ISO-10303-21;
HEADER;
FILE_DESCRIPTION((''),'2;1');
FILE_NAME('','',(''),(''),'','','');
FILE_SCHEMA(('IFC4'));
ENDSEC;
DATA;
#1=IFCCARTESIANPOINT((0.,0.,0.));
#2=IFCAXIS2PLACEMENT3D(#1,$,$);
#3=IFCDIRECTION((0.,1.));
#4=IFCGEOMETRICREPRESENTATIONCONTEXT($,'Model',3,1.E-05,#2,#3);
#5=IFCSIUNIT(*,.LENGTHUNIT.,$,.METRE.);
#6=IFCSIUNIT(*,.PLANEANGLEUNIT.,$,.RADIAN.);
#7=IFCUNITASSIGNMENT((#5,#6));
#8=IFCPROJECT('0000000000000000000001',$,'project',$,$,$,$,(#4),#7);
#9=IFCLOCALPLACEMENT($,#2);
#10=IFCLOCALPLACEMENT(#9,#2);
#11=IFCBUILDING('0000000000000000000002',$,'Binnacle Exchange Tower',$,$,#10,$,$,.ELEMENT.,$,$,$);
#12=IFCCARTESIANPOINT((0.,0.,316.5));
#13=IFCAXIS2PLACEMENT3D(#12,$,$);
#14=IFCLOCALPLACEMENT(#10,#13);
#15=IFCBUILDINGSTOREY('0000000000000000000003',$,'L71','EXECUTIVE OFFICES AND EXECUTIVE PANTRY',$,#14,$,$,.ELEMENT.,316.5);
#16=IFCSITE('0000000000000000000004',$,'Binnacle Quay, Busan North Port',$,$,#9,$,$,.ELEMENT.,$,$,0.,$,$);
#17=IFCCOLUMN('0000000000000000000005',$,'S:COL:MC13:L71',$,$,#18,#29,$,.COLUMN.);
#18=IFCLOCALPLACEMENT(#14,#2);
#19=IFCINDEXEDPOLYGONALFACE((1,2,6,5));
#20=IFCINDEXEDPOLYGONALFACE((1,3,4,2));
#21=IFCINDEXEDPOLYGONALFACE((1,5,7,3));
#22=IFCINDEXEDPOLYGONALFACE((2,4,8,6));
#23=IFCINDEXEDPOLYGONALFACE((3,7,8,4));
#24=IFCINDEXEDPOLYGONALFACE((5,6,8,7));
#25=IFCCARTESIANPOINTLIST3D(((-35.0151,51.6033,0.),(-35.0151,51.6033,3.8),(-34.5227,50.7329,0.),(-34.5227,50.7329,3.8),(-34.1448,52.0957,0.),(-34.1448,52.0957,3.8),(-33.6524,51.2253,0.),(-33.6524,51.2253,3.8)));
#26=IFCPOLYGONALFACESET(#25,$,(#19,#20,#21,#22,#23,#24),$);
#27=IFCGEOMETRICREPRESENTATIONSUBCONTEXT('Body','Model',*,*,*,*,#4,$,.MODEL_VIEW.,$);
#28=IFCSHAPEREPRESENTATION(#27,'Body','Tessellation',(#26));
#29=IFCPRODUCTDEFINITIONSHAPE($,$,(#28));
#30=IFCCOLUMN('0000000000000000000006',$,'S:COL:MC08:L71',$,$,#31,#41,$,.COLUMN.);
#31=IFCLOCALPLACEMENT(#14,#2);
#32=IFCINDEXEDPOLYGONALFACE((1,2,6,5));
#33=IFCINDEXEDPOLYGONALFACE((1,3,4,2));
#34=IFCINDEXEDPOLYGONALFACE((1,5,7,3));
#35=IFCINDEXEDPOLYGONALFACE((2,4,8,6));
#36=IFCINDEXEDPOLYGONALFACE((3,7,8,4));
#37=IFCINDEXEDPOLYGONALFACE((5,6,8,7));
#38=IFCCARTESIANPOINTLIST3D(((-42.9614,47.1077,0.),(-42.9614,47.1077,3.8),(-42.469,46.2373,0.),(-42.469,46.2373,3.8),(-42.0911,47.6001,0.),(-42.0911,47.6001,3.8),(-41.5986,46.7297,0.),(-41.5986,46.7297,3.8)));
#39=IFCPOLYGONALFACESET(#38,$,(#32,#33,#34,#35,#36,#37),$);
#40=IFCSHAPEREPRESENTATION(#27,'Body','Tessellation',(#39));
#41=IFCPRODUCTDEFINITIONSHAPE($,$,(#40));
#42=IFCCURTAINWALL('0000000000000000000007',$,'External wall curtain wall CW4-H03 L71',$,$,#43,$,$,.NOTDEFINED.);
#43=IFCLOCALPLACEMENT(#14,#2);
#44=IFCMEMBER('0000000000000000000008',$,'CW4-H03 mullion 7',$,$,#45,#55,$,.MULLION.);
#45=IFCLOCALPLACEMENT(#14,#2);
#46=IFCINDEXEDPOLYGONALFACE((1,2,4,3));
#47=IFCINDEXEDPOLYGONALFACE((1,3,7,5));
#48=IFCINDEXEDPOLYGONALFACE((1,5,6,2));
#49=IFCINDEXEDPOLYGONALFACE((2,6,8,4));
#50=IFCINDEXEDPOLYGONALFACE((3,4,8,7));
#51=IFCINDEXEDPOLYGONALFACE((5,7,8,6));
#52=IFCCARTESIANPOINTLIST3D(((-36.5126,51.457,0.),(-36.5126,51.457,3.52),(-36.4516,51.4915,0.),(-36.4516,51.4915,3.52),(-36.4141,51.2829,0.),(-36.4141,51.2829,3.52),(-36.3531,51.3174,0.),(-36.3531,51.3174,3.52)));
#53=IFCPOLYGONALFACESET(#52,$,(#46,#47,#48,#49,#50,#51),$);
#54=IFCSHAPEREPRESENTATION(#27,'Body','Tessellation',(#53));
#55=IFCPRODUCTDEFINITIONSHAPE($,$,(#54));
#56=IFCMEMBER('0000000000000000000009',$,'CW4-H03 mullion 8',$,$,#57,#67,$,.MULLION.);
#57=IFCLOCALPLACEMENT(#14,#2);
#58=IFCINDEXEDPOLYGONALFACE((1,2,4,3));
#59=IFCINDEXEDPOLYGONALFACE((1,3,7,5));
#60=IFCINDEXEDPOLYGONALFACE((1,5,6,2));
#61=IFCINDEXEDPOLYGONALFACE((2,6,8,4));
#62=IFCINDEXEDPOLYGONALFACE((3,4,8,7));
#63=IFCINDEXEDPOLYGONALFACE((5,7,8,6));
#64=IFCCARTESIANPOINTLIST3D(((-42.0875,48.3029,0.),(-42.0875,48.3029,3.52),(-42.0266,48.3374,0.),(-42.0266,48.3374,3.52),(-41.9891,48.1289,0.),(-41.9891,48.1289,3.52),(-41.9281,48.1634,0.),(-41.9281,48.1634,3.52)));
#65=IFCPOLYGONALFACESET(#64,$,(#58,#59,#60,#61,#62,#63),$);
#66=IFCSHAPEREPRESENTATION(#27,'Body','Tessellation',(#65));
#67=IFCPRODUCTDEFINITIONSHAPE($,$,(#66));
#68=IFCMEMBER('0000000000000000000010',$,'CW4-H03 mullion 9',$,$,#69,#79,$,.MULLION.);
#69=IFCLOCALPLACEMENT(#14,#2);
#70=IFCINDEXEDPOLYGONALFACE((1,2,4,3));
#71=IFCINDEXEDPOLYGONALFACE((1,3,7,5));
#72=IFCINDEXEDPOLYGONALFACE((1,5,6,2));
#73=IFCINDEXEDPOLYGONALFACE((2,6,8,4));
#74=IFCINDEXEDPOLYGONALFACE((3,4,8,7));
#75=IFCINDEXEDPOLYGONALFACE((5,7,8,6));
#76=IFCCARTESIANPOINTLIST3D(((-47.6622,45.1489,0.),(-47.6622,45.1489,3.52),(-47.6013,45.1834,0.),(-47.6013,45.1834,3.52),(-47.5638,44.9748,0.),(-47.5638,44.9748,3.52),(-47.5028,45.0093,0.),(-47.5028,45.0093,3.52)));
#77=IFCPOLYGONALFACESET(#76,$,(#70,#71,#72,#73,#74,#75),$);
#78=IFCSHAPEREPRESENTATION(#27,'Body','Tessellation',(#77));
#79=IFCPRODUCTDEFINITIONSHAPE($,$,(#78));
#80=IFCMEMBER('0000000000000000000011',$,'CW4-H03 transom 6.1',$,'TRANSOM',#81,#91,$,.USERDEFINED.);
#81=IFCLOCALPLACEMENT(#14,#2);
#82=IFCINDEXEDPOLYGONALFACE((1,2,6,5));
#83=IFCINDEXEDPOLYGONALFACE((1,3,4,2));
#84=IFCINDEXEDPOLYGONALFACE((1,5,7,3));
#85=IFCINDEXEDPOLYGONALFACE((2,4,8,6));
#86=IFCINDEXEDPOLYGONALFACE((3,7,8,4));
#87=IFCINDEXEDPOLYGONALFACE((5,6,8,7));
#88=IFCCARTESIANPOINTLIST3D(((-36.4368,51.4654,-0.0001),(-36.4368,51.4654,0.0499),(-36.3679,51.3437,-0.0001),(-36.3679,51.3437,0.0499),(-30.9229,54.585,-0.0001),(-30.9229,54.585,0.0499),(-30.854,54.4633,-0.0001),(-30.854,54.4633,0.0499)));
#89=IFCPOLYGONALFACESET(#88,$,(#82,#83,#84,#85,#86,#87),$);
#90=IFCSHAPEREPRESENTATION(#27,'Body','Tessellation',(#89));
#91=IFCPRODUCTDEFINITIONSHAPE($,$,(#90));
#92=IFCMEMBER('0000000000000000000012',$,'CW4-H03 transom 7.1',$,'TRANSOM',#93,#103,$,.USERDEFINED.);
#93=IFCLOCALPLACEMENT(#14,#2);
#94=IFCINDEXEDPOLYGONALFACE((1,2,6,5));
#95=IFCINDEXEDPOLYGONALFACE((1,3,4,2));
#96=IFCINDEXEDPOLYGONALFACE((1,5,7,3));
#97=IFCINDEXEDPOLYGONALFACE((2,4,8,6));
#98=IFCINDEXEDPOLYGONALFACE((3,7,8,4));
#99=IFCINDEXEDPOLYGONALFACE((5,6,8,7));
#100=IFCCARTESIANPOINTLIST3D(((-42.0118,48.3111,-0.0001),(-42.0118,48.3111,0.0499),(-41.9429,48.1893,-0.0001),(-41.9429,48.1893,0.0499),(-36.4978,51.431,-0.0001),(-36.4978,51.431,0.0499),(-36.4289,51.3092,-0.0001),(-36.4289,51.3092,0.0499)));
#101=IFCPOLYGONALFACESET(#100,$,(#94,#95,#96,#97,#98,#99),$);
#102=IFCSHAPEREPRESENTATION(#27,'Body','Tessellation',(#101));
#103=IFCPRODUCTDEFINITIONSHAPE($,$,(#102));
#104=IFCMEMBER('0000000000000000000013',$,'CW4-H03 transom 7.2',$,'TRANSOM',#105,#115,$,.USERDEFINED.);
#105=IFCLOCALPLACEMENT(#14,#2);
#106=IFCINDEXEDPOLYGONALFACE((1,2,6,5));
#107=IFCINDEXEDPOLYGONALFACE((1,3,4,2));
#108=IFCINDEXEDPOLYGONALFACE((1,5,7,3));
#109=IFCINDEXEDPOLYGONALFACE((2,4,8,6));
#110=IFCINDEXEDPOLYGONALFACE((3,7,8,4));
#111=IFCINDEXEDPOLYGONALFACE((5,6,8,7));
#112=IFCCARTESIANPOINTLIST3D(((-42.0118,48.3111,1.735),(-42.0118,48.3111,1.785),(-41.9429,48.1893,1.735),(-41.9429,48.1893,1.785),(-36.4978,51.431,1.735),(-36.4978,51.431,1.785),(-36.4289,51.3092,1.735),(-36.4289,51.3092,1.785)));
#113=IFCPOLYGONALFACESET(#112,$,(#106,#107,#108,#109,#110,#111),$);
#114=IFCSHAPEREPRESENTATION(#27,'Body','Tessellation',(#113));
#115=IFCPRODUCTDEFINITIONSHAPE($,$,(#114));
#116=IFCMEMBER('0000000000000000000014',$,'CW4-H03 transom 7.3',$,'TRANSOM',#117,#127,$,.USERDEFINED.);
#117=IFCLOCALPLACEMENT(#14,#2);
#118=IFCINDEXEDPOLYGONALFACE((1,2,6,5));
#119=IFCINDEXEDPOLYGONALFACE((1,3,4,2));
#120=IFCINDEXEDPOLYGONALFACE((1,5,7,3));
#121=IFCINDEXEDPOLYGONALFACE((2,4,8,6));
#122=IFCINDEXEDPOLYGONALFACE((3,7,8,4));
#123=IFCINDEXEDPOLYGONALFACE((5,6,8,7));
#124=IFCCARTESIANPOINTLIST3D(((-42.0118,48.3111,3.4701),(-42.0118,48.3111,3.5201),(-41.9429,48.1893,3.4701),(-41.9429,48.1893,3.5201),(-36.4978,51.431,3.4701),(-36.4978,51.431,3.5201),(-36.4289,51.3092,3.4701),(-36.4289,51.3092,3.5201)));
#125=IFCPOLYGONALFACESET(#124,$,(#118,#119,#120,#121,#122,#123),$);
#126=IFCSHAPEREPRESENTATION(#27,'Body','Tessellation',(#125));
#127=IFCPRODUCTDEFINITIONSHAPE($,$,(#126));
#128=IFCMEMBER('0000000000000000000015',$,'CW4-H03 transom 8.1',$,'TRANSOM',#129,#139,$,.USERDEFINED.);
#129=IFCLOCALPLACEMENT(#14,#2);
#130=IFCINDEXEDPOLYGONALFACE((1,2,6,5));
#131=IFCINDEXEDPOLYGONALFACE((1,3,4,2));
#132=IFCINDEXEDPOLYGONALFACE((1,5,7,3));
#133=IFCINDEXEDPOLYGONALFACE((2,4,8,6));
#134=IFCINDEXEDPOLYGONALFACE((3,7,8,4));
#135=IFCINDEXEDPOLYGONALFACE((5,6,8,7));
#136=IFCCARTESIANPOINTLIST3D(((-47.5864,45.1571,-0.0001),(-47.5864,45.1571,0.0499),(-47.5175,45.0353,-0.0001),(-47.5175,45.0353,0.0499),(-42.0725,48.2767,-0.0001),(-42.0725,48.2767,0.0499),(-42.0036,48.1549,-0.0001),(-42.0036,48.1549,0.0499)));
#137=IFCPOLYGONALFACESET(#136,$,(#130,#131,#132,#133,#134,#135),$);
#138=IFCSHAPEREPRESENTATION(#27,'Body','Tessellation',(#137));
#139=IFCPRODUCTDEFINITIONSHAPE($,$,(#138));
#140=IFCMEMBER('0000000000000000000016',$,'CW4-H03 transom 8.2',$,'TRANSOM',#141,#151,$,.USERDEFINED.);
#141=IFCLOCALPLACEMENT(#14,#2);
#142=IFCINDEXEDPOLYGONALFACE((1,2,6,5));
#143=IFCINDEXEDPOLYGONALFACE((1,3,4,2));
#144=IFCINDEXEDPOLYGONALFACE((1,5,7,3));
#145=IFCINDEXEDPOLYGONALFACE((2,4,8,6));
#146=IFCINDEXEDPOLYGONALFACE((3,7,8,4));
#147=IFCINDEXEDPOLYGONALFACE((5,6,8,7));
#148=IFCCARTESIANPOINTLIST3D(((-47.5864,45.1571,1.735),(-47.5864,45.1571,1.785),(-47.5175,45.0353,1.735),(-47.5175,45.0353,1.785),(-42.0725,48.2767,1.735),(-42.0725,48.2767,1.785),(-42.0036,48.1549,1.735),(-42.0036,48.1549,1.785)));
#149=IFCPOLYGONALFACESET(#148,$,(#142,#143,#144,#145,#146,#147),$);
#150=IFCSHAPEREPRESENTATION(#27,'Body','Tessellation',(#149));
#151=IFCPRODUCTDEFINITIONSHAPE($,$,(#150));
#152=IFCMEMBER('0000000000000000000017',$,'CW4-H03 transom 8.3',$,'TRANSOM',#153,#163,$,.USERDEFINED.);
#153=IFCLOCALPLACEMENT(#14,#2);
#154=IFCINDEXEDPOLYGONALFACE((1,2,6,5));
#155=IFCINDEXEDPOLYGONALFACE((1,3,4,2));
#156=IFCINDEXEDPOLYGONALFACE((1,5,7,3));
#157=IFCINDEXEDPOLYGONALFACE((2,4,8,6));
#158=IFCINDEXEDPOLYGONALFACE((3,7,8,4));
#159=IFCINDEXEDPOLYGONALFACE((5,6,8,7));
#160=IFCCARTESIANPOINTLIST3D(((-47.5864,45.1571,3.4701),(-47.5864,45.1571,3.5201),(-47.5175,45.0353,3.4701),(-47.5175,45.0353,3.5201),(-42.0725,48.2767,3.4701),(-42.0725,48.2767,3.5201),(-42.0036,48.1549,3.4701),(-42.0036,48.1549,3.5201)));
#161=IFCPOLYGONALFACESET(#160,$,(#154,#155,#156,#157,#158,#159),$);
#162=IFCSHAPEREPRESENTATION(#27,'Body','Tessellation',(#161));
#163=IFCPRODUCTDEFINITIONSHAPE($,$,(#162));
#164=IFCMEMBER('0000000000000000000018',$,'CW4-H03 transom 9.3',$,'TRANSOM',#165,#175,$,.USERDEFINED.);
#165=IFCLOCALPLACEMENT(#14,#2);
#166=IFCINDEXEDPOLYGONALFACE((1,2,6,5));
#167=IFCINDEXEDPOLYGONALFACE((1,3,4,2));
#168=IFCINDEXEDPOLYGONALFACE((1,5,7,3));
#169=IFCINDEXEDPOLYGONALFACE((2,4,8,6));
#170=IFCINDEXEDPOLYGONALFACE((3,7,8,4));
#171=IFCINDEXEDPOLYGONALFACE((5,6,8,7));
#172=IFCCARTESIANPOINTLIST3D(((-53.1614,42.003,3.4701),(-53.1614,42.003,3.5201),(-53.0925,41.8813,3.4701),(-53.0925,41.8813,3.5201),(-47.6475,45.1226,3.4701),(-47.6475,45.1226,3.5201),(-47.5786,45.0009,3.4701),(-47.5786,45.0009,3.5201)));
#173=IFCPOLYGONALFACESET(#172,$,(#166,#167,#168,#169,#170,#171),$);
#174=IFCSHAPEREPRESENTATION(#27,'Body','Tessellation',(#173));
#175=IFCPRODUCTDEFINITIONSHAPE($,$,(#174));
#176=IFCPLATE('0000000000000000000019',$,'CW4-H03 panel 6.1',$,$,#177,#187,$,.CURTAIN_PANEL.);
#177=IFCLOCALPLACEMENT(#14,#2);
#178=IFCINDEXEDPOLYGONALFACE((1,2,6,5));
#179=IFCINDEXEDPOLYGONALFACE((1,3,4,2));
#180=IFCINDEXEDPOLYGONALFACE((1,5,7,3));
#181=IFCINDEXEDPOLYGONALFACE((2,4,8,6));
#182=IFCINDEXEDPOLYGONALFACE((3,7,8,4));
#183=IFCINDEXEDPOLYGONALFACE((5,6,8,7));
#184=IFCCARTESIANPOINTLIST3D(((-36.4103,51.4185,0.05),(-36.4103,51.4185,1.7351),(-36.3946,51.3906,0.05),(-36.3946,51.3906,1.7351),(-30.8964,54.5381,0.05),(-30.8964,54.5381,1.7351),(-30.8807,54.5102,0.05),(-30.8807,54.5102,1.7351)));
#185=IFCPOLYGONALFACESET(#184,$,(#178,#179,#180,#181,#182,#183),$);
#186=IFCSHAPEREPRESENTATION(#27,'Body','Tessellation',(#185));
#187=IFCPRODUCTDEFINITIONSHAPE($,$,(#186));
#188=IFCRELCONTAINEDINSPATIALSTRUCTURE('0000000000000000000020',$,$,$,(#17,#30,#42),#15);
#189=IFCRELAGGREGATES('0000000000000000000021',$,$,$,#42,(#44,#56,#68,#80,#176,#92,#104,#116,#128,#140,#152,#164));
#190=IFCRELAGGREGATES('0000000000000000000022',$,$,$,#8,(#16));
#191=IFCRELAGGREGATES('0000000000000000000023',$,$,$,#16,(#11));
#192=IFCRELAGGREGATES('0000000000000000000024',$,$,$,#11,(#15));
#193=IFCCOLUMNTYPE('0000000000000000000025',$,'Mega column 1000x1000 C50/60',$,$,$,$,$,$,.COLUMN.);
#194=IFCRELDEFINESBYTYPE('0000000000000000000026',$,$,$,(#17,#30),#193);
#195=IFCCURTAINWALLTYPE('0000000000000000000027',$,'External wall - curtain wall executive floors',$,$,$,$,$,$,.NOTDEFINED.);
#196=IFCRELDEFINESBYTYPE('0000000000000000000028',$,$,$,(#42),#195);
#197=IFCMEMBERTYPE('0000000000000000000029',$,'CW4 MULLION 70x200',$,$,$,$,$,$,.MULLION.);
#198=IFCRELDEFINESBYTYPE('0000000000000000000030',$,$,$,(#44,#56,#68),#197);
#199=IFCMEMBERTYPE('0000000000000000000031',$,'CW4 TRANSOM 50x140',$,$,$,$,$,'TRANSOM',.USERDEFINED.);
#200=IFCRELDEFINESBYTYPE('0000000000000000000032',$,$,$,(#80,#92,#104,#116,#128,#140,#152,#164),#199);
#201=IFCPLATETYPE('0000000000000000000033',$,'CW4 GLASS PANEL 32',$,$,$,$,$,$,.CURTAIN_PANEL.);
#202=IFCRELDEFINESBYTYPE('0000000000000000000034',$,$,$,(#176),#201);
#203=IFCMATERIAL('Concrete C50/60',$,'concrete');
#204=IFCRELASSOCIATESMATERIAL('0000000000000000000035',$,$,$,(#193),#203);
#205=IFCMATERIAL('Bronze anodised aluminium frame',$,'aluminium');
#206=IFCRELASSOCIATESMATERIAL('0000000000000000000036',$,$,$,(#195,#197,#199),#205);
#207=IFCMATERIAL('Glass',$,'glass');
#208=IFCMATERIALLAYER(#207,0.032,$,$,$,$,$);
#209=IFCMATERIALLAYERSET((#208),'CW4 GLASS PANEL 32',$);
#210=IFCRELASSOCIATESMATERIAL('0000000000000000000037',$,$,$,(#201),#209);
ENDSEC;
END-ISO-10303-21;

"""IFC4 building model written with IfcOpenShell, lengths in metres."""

from ifc_helpers import new_model, si_unit, direction, frame, origin, origin_2d, place, context, subcontext, project, spatial, rectangle, extrude, material, layer, layer_set, material_profile, profile_set, type_object, element, aggregate, save


model = new_model("IFC4")

# Units and contexts
model_context = context("Model", 3, precision=1e-05, world=origin(), true_north=direction((0.0, 1.0)))
body_context = subcontext(model_context, "Body", "Model", "MODEL_VIEW")
ifc_project = project(units=[si_unit("LENGTHUNIT", "METRE"), si_unit("PLANEANGLEUNIT", "RADIAN")], contexts=[model_context])

# Site, building, storey
site_placement = place(None, origin())
site = spatial("IfcSite", under=ifc_project, at=site_placement, Name="Binnacle Quay, Busan North Port", CompositionType="ELEMENT", RefElevation=0.0)
building_placement = place(site_placement, origin())
building = spatial("IfcBuilding", under=site, at=building_placement, Name="Binnacle Exchange Tower", CompositionType="ELEMENT")
storey_placement = place(building_placement, frame((0.0, 0.0, 316.5)))
storey = spatial("IfcBuildingStorey", under=building, at=storey_placement, Name="L71", Description="EXECUTIVE OFFICES AND EXECUTIVE PANTRY", CompositionType="ELEMENT", Elevation=316.5)

# Columns
ifc_material_1 = material(Name="Concrete C50/60", Category="concrete")
ifc_material_profile_1 = material_profile(ifc_material_1, rectangle(XDim=1.0, YDim=1.0, at=origin_2d()), Name="Mega column 1000x1000 C50/60")
ifc_profile_set_1 = profile_set([ifc_material_profile_1], Name="Concrete C50/60")
column_type = type_object("IfcColumnType", Name="Mega column 1000x1000 C50/60", PredefinedType="COLUMN", material=ifc_profile_set_1)
for number, where, z_axis, x_axis, name in (
    (1, (-34.3337, 51.4143, 0.0), (0.0, 0.0, 1.0), (-0.870356, -0.492424, 0.0), "S:COL:MC13:L71"),
    (2, (-42.28, 46.9187, 0.0), (0.0, 0.0, 1.0), (-0.870356, -0.492424, 0.0), "S:COL:MC08:L71"),
):
    element("IfcColumn", number, at=place(storey_placement, frame(where, z_axis=z_axis, x_axis=x_axis)), inside=storey, type_object=column_type, Name=name, PredefinedType="COLUMN", context=body_context, shape_type="SweptSolid", body=[
        extrude(rectangle(XDim=1.0, YDim=1.0, at=origin_2d()), origin(), (0.0, 0.0, 1.0), 3.8),
    ])

# Curtain wall, members, plate
ifc_material_2 = material(Name="Bronze anodised aluminium frame", Category="aluminium")
curtain_wall_type = type_object("IfcCurtainWallType", Name="External wall - curtain wall executive floors", PredefinedType="NOTDEFINED", material=ifc_material_2)
curtain_wall_placement = place(storey_placement, origin())
curtain_wall = element("IfcCurtainWall", 3, at=curtain_wall_placement, inside=storey, type_object=curtain_wall_type, Name="External wall curtain wall CW4-H03 L71", PredefinedType="NOTDEFINED")
ifc_material_profile_2 = material_profile(ifc_material_2, rectangle(XDim=0.2, YDim=0.0701, at=origin_2d()), Name="AL 70x200")
ifc_profile_set_2 = profile_set([ifc_material_profile_2], Name="Bronze anodised aluminium frame")
member_type_1 = type_object("IfcMemberType", Name="CW4 MULLION 70x200", PredefinedType="MULLION", material=ifc_profile_set_2)
member_1_placement = place(storey_placement, frame((-36.4329, 51.3872, 0.0), z_axis=(0.0, 0.0, 1.0), x_axis=(0.492424, -0.870356, 0.0)))
member_1 = element("IfcMember", 4, at=member_1_placement, type_object=member_type_1, Name="CW4-H03 mullion 7", PredefinedType="MULLION", context=body_context, shape_type="SweptSolid", body=[
    extrude(rectangle(XDim=0.2, YDim=0.0701, at=origin_2d()), origin(), (0.0, 0.0, 1.0), 3.52),
])
member_2_placement = place(storey_placement, frame((-42.0078, 48.2332, 0.0), z_axis=(0.0, 0.0, 1.0), x_axis=(0.492424, -0.870356, 0.0)))
member_2 = element("IfcMember", 5, at=member_2_placement, type_object=member_type_1, Name="CW4-H03 mullion 8", PredefinedType="MULLION", context=body_context, shape_type="SweptSolid", body=[
    extrude(rectangle(XDim=0.2, YDim=0.0701, at=origin_2d()), origin(), (0.0, 0.0, 1.0), 3.52),
])
member_3_placement = place(storey_placement, frame((-47.5825, 45.0791, 0.0), z_axis=(0.0, 0.0, 1.0), x_axis=(0.492424, -0.870356, 0.0)))
member_3 = element("IfcMember", 6, at=member_3_placement, type_object=member_type_1, Name="CW4-H03 mullion 9", PredefinedType="MULLION", context=body_context, shape_type="SweptSolid", body=[
    extrude(rectangle(XDim=0.2, YDim=0.0701, at=origin_2d()), origin(), (0.0, 0.0, 1.0), 3.52),
])
ifc_material_profile_3 = material_profile(ifc_material_2, rectangle(XDim=0.1399, YDim=0.05, at=origin_2d()), Name="AL 140x50")
ifc_profile_set_3 = profile_set([ifc_material_profile_3], Name="Bronze anodised aluminium frame")
member_type_2 = type_object("IfcMemberType", Name="CW4 TRANSOM 50x140", ElementType="TRANSOM", PredefinedType="USERDEFINED", material=ifc_profile_set_3)
member_4_placement = place(storey_placement, frame((-30.8884, 54.5242, 0.0249), z_axis=(-0.870355, -0.492424, 0.0), x_axis=(0.492424, -0.870355, 0.0)))
member_4 = element("IfcMember", 7, at=member_4_placement, type_object=member_type_2, Name="CW4-H03 transom 6.1", ObjectType="TRANSOM", PredefinedType="USERDEFINED", context=body_context, shape_type="SweptSolid", body=[
    extrude(rectangle(XDim=0.1399, YDim=0.05, at=origin_2d()), origin(), (0.0, 0.0, 1.0), 6.3352),
])
member_5_placement = place(storey_placement, frame((-36.4634, 51.3701, 0.0249), z_axis=(-0.870339, -0.492453, 0.0), x_axis=(0.492453, -0.870339, 0.0)))
member_5 = element("IfcMember", 8, at=member_5_placement, type_object=member_type_2, Name="CW4-H03 transom 7.1", ObjectType="TRANSOM", PredefinedType="USERDEFINED", context=body_context, shape_type="SweptSolid", body=[
    extrude(rectangle(XDim=0.1399, YDim=0.05, at=origin_2d()), origin(), (0.0, 0.0, 1.0), 6.3354),
])
member_6_placement = place(storey_placement, frame((-36.4634, 51.3701, 1.76), z_axis=(-0.870339, -0.492453, 0.0), x_axis=(0.492453, -0.870339, 0.0)))
member_6 = element("IfcMember", 9, at=member_6_placement, type_object=member_type_2, Name="CW4-H03 transom 7.2", ObjectType="TRANSOM", PredefinedType="USERDEFINED", context=body_context, shape_type="SweptSolid", body=[
    extrude(rectangle(XDim=0.1399, YDim=0.05, at=origin_2d()), origin(), (0.0, 0.0, 1.0), 6.3354),
])
member_7_placement = place(storey_placement, frame((-36.4634, 51.3701, 3.4951), z_axis=(-0.870339, -0.492453, 0.0), x_axis=(0.492453, -0.870339, 0.0)))
member_7 = element("IfcMember", 10, at=member_7_placement, type_object=member_type_2, Name="CW4-H03 transom 7.3", ObjectType="TRANSOM", PredefinedType="USERDEFINED", context=body_context, shape_type="SweptSolid", body=[
    extrude(rectangle(XDim=0.1399, YDim=0.05, at=origin_2d()), origin(), (0.0, 0.0, 1.0), 6.3354),
])
member_8_placement = place(storey_placement, frame((-42.0381, 48.2158, 0.0249), z_axis=(-0.870355, -0.492424, 0.0), x_axis=(0.492424, -0.870355, 0.0)))
member_8 = element("IfcMember", 11, at=member_8_placement, type_object=member_type_2, Name="CW4-H03 transom 8.1", ObjectType="TRANSOM", PredefinedType="USERDEFINED", context=body_context, shape_type="SweptSolid", body=[
    extrude(rectangle(XDim=0.1399, YDim=0.05, at=origin_2d()), origin(), (0.0, 0.0, 1.0), 6.3352),
])
member_9_placement = place(storey_placement, frame((-42.0381, 48.2158, 1.76), z_axis=(-0.870355, -0.492424, 0.0), x_axis=(0.492424, -0.870355, 0.0)))
member_9 = element("IfcMember", 12, at=member_9_placement, type_object=member_type_2, Name="CW4-H03 transom 8.2", ObjectType="TRANSOM", PredefinedType="USERDEFINED", context=body_context, shape_type="SweptSolid", body=[
    extrude(rectangle(XDim=0.1399, YDim=0.05, at=origin_2d()), origin(), (0.0, 0.0, 1.0), 6.3352),
])
member_10_placement = place(storey_placement, frame((-42.0381, 48.2158, 3.4951), z_axis=(-0.870355, -0.492424, 0.0), x_axis=(0.492424, -0.870355, 0.0)))
member_10 = element("IfcMember", 13, at=member_10_placement, type_object=member_type_2, Name="CW4-H03 transom 8.3", ObjectType="TRANSOM", PredefinedType="USERDEFINED", context=body_context, shape_type="SweptSolid", body=[
    extrude(rectangle(XDim=0.1399, YDim=0.05, at=origin_2d()), origin(), (0.0, 0.0, 1.0), 6.3352),
])
member_11_placement = place(storey_placement, frame((-47.613, 45.0618, 3.4951), z_axis=(-0.870355, -0.492424, 0.0), x_axis=(0.492424, -0.870355, 0.0)))
member_11 = element("IfcMember", 14, at=member_11_placement, type_object=member_type_2, Name="CW4-H03 transom 9.3", ObjectType="TRANSOM", PredefinedType="USERDEFINED", context=body_context, shape_type="SweptSolid", body=[
    extrude(rectangle(XDim=0.1399, YDim=0.05, at=origin_2d()), origin(), (0.0, 0.0, 1.0), 6.3352),
])
ifc_material_3 = material(Name="Glass", Category="glass")
ifc_layer_1 = layer(ifc_material_3, 0.032)
ifc_layer_set_1 = layer_set([ifc_layer_1], Name="CW4 GLASS PANEL 32")
plate_type = type_object("IfcPlateType", Name="CW4 GLASS PANEL 32", PredefinedType="CURTAIN_PANEL", material=ifc_layer_set_1)
plate_1_placement = place(storey_placement, frame((-33.6455, 52.9644, 0.05), z_axis=(0.0, 0.0, 1.0), x_axis=(-0.870356, -0.492424, 0.0)))
plate_1 = element("IfcPlate", 15, at=plate_1_placement, type_object=plate_type, Name="CW4-H03 panel 6.1", PredefinedType="CURTAIN_PANEL", context=body_context, shape_type="SweptSolid", body=[
    extrude(rectangle(XDim=6.3352, YDim=0.032, at=origin_2d()), origin(), (0.0, 0.0, 1.0), 1.6851),
])
aggregate(curtain_wall, [member_1, member_2, member_3, member_4, plate_1, member_5, member_6, member_7, member_8, member_9, member_10, member_11])

save(model, "model.ifc")
